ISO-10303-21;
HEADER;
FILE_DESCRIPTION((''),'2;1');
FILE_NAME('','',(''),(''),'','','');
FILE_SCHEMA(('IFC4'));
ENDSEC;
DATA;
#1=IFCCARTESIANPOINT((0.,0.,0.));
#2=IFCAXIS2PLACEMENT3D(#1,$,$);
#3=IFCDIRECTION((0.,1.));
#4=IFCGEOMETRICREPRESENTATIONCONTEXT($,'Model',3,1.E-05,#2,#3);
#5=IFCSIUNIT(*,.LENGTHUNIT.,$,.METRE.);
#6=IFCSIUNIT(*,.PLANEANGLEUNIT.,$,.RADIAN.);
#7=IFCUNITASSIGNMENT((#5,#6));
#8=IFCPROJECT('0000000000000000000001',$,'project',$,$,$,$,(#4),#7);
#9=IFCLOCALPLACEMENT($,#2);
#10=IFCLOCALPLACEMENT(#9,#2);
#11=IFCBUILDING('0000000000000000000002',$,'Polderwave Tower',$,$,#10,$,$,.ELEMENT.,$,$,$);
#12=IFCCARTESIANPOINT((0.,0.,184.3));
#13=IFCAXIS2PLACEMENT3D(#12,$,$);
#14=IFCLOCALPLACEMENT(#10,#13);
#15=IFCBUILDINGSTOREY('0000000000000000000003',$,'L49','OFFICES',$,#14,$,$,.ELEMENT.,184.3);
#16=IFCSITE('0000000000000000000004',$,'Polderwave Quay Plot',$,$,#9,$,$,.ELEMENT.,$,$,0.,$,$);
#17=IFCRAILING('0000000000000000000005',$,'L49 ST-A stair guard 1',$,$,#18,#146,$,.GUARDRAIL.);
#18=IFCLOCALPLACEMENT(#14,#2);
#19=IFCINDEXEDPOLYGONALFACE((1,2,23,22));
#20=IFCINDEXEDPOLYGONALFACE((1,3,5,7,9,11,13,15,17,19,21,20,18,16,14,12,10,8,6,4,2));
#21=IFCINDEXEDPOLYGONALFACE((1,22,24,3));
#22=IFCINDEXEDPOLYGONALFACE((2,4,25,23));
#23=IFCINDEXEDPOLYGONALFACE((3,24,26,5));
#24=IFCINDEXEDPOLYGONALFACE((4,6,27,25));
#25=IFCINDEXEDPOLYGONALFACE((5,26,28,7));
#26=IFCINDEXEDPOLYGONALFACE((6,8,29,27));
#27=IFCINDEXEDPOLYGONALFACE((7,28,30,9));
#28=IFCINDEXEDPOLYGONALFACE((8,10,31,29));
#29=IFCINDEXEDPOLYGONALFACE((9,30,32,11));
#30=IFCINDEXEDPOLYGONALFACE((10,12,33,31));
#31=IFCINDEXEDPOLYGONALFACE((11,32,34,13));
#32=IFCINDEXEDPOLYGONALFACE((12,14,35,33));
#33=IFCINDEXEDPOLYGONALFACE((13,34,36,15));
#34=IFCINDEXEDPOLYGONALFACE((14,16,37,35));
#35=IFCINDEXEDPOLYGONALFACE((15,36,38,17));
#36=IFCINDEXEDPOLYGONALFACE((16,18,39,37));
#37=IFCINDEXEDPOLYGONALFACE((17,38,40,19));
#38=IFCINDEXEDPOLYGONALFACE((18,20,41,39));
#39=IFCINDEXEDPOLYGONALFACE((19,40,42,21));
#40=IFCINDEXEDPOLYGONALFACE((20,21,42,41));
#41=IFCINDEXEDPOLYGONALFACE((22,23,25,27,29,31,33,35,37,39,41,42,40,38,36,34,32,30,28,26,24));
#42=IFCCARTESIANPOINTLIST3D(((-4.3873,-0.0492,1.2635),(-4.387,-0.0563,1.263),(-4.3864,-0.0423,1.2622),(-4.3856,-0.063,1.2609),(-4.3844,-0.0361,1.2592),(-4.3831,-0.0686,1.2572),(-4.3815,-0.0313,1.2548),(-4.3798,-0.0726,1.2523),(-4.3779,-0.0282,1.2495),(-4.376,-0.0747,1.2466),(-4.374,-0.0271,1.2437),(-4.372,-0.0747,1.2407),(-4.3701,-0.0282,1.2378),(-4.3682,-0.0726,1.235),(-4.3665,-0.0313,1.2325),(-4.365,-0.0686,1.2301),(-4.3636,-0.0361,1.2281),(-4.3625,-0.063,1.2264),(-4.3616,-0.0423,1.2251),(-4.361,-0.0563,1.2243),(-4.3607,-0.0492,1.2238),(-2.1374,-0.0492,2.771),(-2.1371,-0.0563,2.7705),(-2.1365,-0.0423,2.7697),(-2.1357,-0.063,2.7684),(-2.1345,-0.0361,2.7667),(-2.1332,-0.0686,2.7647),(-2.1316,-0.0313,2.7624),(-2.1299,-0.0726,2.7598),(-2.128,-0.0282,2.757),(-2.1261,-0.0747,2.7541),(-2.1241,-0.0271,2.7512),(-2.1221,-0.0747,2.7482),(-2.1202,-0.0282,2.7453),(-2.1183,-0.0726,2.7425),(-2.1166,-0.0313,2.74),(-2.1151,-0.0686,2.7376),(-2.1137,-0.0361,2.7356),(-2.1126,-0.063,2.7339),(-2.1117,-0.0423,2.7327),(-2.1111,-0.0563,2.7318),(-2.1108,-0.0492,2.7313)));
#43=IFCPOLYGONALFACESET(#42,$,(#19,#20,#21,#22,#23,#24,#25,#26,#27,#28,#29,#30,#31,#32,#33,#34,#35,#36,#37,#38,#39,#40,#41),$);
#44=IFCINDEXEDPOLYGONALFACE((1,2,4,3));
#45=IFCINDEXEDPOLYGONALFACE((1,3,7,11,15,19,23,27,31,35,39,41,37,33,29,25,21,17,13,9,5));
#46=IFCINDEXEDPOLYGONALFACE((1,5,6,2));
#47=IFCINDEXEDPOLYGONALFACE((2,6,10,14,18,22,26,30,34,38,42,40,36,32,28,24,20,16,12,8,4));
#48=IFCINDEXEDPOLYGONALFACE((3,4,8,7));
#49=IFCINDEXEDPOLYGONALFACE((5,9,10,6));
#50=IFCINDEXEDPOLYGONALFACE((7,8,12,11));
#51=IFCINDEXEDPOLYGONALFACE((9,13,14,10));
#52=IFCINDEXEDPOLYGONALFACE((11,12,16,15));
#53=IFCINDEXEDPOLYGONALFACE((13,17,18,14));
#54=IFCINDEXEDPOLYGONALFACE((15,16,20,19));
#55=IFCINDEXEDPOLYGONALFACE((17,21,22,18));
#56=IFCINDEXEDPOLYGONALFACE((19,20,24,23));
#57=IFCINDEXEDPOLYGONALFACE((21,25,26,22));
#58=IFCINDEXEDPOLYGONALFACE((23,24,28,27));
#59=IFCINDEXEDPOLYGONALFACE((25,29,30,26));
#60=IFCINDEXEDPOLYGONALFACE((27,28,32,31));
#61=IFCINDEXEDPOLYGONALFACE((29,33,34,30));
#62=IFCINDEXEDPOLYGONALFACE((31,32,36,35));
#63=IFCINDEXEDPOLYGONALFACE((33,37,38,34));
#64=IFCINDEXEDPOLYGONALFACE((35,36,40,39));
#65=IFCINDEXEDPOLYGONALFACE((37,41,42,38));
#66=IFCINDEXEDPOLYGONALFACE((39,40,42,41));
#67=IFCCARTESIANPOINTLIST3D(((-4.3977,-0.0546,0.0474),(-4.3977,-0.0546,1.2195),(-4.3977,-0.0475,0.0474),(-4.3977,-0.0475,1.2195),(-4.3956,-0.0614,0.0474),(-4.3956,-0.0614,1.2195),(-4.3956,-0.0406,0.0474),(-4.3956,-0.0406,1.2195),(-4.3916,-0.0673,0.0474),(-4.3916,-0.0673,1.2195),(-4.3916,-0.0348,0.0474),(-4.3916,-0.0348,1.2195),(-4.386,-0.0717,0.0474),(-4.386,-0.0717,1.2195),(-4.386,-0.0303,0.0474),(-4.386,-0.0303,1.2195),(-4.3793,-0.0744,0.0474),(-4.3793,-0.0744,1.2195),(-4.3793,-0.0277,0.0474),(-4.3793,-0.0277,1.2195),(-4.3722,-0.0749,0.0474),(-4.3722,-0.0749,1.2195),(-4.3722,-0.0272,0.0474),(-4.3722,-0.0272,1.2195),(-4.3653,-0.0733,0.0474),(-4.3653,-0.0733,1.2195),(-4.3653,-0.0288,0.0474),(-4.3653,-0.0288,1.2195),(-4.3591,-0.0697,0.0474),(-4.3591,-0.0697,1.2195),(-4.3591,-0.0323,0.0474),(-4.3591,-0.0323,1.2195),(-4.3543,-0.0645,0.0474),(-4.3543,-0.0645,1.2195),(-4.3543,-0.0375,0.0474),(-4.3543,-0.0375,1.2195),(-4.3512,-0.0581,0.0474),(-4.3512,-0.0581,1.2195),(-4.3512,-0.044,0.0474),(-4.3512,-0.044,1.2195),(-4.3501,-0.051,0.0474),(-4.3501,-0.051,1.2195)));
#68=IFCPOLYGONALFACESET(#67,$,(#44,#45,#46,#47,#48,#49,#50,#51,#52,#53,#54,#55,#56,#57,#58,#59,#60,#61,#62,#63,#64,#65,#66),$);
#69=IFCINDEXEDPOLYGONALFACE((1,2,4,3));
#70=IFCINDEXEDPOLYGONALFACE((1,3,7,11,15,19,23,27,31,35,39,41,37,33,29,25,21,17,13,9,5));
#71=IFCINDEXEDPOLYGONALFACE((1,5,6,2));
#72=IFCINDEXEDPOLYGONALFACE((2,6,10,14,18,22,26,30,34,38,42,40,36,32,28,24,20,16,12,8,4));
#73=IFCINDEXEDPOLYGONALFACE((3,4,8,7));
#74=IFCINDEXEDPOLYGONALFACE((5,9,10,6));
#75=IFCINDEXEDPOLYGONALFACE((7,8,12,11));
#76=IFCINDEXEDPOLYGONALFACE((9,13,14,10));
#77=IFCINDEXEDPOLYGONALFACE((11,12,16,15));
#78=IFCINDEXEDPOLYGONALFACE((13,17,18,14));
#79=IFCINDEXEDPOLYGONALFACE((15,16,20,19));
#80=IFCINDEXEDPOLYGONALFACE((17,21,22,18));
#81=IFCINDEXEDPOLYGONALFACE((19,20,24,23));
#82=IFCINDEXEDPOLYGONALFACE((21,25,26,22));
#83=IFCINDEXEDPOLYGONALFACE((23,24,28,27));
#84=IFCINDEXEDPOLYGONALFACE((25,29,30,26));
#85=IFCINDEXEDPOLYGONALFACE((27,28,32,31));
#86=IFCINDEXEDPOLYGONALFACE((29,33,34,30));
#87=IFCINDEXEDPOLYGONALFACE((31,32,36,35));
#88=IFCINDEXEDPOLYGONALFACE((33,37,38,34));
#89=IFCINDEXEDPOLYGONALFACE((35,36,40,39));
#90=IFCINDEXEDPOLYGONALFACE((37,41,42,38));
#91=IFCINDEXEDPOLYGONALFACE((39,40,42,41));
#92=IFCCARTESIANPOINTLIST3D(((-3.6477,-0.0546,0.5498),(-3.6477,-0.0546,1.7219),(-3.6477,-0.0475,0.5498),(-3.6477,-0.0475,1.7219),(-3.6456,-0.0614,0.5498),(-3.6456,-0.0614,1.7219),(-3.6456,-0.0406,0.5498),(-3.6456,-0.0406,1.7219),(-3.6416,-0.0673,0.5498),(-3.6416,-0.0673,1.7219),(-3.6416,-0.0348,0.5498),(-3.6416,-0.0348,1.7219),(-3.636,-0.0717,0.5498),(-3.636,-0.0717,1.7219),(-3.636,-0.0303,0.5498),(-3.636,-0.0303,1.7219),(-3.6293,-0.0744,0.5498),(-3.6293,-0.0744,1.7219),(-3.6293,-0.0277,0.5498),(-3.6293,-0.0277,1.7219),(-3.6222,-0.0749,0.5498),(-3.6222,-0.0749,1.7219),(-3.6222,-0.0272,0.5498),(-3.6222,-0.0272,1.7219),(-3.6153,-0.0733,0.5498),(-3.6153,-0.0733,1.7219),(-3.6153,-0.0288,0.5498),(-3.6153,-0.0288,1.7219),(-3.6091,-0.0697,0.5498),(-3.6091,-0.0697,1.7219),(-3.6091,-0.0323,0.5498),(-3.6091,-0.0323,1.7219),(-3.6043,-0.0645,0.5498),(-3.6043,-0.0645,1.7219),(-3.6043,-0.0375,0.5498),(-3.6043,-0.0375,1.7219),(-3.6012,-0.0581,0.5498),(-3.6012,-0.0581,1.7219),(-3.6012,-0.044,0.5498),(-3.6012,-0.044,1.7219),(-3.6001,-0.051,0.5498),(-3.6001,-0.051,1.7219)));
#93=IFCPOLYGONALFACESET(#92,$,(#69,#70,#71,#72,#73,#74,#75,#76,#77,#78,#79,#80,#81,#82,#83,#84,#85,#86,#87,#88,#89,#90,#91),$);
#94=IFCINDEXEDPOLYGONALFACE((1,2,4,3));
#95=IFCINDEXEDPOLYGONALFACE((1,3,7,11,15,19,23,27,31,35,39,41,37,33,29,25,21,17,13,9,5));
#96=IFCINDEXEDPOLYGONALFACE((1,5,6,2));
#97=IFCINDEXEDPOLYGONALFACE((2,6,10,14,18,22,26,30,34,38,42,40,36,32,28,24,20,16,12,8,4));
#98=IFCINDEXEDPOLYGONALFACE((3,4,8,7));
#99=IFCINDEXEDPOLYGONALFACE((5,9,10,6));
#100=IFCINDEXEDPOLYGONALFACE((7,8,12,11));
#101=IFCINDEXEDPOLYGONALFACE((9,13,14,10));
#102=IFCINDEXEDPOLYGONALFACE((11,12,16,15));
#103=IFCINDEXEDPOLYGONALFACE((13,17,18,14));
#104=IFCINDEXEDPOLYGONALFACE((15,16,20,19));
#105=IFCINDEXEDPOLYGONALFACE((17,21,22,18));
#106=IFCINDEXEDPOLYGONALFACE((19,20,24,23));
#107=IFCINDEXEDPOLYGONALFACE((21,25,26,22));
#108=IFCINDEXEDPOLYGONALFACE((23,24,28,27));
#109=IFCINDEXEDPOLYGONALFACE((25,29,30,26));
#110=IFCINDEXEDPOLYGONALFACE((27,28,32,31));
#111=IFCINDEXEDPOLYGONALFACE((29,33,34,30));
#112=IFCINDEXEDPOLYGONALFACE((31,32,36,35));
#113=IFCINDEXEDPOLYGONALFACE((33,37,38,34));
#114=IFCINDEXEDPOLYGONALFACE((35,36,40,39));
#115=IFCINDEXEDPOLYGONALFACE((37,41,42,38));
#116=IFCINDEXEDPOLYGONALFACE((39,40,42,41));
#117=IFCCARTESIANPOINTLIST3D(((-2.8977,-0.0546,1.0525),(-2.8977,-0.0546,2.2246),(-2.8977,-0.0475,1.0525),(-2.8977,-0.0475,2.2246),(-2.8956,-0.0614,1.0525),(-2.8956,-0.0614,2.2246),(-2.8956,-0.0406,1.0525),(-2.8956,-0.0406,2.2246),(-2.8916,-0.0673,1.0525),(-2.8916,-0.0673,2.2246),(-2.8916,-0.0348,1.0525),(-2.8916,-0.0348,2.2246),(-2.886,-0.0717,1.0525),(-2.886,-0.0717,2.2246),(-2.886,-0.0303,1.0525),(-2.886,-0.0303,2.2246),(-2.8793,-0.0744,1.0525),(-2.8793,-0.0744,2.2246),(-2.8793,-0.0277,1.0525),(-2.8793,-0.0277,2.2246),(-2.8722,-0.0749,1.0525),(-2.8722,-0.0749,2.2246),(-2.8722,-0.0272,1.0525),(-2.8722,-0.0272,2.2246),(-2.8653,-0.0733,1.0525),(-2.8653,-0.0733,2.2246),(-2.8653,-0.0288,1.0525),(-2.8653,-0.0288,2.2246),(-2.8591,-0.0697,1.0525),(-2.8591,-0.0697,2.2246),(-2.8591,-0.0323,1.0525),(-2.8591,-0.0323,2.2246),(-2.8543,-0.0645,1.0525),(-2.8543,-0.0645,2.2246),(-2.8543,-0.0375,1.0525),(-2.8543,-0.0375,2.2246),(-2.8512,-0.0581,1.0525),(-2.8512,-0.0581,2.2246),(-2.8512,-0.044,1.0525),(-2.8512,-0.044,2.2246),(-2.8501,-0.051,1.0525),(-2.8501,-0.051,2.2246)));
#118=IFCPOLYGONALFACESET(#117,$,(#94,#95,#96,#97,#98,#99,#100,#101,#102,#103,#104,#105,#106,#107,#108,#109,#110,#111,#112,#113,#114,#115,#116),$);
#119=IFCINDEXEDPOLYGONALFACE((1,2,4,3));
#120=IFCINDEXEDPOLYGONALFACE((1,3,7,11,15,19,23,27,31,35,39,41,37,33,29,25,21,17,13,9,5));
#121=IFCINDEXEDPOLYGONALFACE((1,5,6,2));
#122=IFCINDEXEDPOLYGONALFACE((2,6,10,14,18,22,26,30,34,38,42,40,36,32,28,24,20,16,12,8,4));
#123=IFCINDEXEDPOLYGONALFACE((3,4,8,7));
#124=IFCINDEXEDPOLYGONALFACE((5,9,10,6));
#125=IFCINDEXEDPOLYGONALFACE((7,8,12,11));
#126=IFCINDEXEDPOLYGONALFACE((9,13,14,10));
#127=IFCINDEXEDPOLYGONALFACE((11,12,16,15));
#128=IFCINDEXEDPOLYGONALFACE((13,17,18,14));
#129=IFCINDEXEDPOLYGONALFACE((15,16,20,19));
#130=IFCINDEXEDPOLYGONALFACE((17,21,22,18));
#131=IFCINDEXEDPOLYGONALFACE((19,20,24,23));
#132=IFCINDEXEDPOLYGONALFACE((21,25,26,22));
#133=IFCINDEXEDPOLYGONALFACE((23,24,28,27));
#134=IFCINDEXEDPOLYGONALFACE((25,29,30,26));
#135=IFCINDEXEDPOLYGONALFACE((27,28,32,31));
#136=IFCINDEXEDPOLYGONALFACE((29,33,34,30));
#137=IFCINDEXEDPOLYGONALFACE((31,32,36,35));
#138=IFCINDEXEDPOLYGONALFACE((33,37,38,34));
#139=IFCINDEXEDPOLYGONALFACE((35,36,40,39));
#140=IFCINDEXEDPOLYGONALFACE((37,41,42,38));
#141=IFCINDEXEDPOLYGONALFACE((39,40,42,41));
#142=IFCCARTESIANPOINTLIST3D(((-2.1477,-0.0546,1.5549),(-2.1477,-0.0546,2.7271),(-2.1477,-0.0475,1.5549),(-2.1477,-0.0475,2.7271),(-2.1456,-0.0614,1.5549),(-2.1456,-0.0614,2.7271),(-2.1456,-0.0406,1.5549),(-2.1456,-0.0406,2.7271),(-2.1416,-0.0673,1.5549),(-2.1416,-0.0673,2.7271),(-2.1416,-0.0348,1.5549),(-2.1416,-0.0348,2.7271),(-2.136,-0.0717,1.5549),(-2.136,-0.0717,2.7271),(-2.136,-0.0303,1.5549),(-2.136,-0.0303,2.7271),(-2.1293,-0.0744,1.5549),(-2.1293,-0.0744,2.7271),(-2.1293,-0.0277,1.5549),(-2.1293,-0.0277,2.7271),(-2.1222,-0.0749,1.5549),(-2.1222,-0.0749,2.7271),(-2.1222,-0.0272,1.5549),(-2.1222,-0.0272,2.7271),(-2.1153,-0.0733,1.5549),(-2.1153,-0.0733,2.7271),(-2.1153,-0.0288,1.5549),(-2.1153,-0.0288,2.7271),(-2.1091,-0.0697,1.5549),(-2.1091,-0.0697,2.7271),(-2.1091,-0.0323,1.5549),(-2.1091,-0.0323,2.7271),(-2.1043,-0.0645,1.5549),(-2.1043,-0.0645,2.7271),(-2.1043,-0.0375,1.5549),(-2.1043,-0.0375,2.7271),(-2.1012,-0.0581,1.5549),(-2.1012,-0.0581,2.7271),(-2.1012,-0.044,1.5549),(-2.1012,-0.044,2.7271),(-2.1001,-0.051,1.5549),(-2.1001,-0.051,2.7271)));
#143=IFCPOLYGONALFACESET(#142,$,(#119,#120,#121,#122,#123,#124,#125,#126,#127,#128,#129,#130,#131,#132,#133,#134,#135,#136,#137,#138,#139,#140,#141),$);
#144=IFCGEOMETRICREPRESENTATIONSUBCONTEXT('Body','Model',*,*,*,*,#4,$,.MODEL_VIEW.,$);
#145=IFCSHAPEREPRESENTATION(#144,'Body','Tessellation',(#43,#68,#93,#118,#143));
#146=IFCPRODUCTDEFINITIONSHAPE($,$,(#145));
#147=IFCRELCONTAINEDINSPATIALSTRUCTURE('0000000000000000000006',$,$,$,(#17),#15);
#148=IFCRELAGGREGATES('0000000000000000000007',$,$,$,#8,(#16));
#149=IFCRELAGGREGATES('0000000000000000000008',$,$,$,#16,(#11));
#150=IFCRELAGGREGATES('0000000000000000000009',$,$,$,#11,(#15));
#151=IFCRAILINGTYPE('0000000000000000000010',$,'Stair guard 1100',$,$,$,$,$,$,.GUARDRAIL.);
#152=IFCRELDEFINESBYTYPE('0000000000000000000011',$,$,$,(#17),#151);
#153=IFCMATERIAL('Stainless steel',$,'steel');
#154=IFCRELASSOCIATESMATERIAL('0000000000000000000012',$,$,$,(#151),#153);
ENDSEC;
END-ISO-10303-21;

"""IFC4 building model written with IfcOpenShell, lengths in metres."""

from ifc_helpers import new_model, si_unit, direction, frame, origin, origin_2d, place, context, subcontext, project, spatial, circle, extrude, material, type_object, element, save


model = new_model("IFC4")

# Units and contexts
model_context = context("Model", 3, precision=1e-05, world=origin(), true_north=direction((0.0, 1.0)))
body_context = subcontext(model_context, "Body", "Model", "MODEL_VIEW")
ifc_project = project(units=[si_unit("LENGTHUNIT", "METRE"), si_unit("PLANEANGLEUNIT", "RADIAN")], contexts=[model_context])

# Site, building, storey
site_placement = place(None, origin())
site = spatial("IfcSite", under=ifc_project, at=site_placement, Name="Polderwave Quay Plot", CompositionType="ELEMENT", RefElevation=0.0)
building_placement = place(site_placement, origin())
building = spatial("IfcBuilding", under=site, at=building_placement, Name="Polderwave Tower", CompositionType="ELEMENT")
storey_placement = place(building_placement, frame((0.0, 0.0, 184.3)))
storey = spatial("IfcBuildingStorey", under=building, at=storey_placement, Name="L49", Description="OFFICES", CompositionType="ELEMENT", Elevation=184.3)

# Railing
ifc_material_1 = material(Name="Stainless steel", Category="steel")
railing_type_1 = type_object("IfcRailingType", Name="Stair guard 1100", PredefinedType="GUARDRAIL", material=ifc_material_1)
railing_1_placement = place(storey_placement, frame((-4.374, -0.051, 0.0474)))
element("IfcRailing", 1, at=railing_1_placement, inside=storey, type_object=railing_type_1, Name="L49 ST-A stair guard 1", PredefinedType="GUARDRAIL", context=body_context, shape_type="SweptSolid", body=[
    extrude(circle(Radius=0.0239, at=origin_2d()), frame((0.0, 0.0, 1.1963), z_axis=(0.830758, 0.0, 0.556633), x_axis=(0.0, 1.0, 0.0)), (0.0, 0.0, 1.0), 2.7083),
    extrude(circle(Radius=0.0239, at=origin_2d()), origin(), (0.0, 0.0, 1.0), 1.1721),
    extrude(circle(Radius=0.0239, at=origin_2d()), frame((0.75, 0.0, 0.5024)), (0.0, 0.0, 1.0), 1.1721),
    extrude(circle(Radius=0.0239, at=origin_2d()), frame((1.5, 0.0, 1.0051)), (0.0, 0.0, 1.0), 1.1721),
    extrude(circle(Radius=0.0239, at=origin_2d()), frame((2.25, 0.0, 1.5076)), (0.0, 0.0, 1.0), 1.1721),
])

save(model, "model.ifc")
